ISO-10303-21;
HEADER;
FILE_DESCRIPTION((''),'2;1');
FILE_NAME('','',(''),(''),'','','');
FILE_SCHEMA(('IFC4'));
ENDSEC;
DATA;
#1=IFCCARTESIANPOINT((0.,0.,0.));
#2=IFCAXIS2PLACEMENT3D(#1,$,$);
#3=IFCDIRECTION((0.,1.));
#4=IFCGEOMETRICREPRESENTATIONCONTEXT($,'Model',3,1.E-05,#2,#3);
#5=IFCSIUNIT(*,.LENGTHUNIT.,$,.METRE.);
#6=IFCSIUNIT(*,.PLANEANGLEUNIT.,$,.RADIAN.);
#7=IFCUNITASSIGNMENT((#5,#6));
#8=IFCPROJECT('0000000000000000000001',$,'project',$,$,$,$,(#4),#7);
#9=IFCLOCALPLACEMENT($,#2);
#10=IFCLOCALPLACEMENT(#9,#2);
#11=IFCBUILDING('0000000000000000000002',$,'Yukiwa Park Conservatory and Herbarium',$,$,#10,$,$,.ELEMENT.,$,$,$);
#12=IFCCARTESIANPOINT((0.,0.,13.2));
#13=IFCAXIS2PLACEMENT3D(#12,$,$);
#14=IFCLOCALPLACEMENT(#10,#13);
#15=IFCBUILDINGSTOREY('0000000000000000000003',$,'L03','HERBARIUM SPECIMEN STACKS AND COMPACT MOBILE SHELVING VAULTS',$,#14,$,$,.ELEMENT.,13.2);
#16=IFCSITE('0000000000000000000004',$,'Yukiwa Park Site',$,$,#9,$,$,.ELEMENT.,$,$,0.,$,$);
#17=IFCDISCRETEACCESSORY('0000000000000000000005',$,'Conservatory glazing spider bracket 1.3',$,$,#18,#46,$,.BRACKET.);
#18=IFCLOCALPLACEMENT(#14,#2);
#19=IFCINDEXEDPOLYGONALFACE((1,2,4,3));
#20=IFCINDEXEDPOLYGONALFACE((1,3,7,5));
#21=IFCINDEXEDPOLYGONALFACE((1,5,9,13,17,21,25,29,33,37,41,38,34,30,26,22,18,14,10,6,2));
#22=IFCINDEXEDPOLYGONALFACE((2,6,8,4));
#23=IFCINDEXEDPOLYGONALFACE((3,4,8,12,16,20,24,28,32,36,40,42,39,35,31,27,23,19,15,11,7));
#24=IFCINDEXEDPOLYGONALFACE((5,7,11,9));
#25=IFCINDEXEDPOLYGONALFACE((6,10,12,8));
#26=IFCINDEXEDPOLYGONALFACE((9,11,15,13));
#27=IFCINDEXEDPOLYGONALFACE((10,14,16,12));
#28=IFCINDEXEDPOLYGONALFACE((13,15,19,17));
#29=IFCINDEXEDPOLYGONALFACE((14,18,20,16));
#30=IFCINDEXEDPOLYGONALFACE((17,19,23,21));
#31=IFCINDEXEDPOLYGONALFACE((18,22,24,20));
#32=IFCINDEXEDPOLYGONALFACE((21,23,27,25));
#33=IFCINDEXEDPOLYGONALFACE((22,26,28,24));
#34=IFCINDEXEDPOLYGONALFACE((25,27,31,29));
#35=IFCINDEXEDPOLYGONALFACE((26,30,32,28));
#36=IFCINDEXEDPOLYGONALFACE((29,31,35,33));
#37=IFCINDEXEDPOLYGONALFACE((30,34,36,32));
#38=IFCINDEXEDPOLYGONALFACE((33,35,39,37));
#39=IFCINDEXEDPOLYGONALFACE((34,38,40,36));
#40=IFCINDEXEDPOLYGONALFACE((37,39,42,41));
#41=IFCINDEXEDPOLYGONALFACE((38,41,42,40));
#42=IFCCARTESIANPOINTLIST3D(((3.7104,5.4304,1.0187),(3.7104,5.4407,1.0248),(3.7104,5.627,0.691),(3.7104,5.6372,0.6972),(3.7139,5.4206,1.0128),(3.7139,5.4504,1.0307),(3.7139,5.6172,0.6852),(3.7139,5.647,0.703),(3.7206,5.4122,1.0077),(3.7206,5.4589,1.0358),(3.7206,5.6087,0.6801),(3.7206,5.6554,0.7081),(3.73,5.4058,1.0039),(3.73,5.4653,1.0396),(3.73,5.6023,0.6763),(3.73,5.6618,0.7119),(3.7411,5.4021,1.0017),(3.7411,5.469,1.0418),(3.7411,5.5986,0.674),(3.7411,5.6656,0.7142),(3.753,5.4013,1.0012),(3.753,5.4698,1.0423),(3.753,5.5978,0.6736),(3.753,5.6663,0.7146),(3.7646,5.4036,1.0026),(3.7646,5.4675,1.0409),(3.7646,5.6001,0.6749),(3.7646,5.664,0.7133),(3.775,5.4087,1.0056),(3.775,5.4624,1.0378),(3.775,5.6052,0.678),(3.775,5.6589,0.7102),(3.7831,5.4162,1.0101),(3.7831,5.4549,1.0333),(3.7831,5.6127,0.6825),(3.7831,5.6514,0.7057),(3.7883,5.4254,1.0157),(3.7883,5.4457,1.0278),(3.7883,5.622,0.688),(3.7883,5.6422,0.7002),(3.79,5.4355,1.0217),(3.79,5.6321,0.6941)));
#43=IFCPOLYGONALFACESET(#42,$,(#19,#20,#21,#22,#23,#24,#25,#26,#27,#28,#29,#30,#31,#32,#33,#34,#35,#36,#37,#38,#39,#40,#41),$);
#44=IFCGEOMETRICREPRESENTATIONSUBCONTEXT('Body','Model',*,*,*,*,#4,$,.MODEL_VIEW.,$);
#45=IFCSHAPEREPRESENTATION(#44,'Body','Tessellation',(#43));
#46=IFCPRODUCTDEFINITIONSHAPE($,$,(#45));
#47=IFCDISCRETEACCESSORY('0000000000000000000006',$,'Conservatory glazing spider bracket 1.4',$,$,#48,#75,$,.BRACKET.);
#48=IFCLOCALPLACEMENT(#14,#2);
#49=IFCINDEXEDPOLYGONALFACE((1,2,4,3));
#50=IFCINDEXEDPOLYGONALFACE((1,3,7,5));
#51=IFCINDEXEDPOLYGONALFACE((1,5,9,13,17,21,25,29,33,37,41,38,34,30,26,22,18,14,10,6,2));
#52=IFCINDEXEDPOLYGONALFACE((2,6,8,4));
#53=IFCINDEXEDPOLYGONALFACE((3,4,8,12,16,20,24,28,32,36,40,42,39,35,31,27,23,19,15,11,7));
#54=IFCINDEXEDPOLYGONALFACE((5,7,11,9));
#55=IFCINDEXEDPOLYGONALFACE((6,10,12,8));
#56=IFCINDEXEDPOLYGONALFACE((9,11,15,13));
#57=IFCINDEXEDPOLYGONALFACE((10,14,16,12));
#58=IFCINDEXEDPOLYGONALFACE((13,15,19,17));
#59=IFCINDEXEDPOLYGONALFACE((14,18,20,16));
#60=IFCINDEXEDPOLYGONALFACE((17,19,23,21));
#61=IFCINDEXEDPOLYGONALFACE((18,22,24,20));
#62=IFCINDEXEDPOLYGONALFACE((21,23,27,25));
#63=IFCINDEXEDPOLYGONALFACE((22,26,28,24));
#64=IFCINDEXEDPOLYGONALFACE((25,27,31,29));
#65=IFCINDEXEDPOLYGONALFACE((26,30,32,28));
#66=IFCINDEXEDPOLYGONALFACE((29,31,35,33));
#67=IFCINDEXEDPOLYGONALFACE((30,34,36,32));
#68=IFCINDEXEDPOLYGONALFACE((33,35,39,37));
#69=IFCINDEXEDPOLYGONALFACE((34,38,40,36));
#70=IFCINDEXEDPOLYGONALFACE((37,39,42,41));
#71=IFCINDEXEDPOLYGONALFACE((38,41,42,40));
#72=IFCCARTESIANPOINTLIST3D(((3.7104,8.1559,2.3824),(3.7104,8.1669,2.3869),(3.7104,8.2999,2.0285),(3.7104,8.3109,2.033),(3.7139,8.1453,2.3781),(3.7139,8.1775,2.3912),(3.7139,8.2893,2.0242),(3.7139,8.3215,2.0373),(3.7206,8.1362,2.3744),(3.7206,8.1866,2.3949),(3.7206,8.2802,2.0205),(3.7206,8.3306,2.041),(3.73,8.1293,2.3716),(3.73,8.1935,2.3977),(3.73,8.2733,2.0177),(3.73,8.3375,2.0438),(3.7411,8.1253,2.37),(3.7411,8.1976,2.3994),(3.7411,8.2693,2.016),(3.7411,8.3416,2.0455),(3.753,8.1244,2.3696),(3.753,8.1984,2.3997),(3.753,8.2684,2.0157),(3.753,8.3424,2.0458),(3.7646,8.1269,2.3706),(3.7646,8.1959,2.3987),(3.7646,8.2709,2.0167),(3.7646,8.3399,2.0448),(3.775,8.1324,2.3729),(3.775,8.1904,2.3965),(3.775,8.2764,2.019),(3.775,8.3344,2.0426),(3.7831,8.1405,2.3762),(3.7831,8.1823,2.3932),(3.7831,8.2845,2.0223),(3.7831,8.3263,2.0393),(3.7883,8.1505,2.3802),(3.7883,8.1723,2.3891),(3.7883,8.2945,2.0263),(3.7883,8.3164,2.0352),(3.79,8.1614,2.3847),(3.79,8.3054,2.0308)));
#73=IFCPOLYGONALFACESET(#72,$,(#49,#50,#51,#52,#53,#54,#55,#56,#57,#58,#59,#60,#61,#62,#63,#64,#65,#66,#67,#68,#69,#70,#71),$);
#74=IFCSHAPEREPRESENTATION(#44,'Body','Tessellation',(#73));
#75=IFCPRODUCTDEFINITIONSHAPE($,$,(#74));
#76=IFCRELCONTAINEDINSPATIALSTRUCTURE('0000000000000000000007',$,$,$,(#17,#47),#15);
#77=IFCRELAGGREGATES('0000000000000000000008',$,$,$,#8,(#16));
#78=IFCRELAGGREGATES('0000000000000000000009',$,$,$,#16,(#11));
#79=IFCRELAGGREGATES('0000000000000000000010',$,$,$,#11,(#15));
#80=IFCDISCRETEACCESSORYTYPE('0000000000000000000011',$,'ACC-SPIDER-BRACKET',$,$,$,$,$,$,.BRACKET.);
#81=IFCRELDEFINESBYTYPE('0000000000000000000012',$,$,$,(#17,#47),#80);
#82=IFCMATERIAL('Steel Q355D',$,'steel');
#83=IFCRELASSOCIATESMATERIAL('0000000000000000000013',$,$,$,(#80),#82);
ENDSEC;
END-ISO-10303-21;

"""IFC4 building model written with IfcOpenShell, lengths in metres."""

from ifc_helpers import new_model, si_unit, direction, frame, origin, origin_2d, place, context, subcontext, project, spatial, circle, extrude, material, type_object, element, save


model = new_model("IFC4")

# Units and contexts
model_context = context("Model", 3, precision=1e-05, world=origin(), true_north=direction((0.0, 1.0)))
body_context = subcontext(model_context, "Body", "Model", "MODEL_VIEW")
ifc_project = project(units=[si_unit("LENGTHUNIT", "METRE"), si_unit("PLANEANGLEUNIT", "RADIAN")], contexts=[model_context])

# Site, building, storey
site_placement = place(None, origin())
site = spatial("IfcSite", under=ifc_project, at=site_placement, Name="Yukiwa Park Site", CompositionType="ELEMENT", RefElevation=0.0)
building_placement = place(site_placement, origin())
building = spatial("IfcBuilding", under=site, at=building_placement, Name="Yukiwa Park Conservatory and Herbarium", CompositionType="ELEMENT")
storey_placement = place(building_placement, frame((0.0, 0.0, 13.2)))
storey = spatial("IfcBuildingStorey", under=building, at=storey_placement, Name="L03", Description="HERBARIUM SPECIMEN STACKS AND COMPACT MOBILE SHELVING VAULTS", CompositionType="ELEMENT", Elevation=13.2)

# Discrete accessories
ifc_material_1 = material(Name="Steel Q355D", Category="steel")
discrete_accessory_type = type_object("IfcDiscreteAccessoryType", Name="ACC-SPIDER-BRACKET", PredefinedType="BRACKET", material=ifc_material_1)
for number, where, z_axis, x_axis, name in (
    (1, (3.75, 5.6321, 0.6941), (0.0, -0.514402, 0.857549), (1.0, 0.0, 0.0), "Conservatory glazing spider bracket 1.3"),
    (2, (3.75, 8.3054, 2.0308), (0.0, -0.376891, 0.926258), (1.0, 0.0, 0.0), "Conservatory glazing spider bracket 1.4"),
):
    element("IfcDiscreteAccessory", number, at=place(storey_placement, frame(where, z_axis=z_axis, x_axis=x_axis)), inside=storey, type_object=discrete_accessory_type, Name=name, PredefinedType="BRACKET", context=body_context, shape_type="SweptSolid", body=[
        extrude(circle(Radius=0.04, at=origin_2d()), origin(), (0.0, 0.0, 1.0), 0.3821),
    ])

save(model, "model.ifc")
